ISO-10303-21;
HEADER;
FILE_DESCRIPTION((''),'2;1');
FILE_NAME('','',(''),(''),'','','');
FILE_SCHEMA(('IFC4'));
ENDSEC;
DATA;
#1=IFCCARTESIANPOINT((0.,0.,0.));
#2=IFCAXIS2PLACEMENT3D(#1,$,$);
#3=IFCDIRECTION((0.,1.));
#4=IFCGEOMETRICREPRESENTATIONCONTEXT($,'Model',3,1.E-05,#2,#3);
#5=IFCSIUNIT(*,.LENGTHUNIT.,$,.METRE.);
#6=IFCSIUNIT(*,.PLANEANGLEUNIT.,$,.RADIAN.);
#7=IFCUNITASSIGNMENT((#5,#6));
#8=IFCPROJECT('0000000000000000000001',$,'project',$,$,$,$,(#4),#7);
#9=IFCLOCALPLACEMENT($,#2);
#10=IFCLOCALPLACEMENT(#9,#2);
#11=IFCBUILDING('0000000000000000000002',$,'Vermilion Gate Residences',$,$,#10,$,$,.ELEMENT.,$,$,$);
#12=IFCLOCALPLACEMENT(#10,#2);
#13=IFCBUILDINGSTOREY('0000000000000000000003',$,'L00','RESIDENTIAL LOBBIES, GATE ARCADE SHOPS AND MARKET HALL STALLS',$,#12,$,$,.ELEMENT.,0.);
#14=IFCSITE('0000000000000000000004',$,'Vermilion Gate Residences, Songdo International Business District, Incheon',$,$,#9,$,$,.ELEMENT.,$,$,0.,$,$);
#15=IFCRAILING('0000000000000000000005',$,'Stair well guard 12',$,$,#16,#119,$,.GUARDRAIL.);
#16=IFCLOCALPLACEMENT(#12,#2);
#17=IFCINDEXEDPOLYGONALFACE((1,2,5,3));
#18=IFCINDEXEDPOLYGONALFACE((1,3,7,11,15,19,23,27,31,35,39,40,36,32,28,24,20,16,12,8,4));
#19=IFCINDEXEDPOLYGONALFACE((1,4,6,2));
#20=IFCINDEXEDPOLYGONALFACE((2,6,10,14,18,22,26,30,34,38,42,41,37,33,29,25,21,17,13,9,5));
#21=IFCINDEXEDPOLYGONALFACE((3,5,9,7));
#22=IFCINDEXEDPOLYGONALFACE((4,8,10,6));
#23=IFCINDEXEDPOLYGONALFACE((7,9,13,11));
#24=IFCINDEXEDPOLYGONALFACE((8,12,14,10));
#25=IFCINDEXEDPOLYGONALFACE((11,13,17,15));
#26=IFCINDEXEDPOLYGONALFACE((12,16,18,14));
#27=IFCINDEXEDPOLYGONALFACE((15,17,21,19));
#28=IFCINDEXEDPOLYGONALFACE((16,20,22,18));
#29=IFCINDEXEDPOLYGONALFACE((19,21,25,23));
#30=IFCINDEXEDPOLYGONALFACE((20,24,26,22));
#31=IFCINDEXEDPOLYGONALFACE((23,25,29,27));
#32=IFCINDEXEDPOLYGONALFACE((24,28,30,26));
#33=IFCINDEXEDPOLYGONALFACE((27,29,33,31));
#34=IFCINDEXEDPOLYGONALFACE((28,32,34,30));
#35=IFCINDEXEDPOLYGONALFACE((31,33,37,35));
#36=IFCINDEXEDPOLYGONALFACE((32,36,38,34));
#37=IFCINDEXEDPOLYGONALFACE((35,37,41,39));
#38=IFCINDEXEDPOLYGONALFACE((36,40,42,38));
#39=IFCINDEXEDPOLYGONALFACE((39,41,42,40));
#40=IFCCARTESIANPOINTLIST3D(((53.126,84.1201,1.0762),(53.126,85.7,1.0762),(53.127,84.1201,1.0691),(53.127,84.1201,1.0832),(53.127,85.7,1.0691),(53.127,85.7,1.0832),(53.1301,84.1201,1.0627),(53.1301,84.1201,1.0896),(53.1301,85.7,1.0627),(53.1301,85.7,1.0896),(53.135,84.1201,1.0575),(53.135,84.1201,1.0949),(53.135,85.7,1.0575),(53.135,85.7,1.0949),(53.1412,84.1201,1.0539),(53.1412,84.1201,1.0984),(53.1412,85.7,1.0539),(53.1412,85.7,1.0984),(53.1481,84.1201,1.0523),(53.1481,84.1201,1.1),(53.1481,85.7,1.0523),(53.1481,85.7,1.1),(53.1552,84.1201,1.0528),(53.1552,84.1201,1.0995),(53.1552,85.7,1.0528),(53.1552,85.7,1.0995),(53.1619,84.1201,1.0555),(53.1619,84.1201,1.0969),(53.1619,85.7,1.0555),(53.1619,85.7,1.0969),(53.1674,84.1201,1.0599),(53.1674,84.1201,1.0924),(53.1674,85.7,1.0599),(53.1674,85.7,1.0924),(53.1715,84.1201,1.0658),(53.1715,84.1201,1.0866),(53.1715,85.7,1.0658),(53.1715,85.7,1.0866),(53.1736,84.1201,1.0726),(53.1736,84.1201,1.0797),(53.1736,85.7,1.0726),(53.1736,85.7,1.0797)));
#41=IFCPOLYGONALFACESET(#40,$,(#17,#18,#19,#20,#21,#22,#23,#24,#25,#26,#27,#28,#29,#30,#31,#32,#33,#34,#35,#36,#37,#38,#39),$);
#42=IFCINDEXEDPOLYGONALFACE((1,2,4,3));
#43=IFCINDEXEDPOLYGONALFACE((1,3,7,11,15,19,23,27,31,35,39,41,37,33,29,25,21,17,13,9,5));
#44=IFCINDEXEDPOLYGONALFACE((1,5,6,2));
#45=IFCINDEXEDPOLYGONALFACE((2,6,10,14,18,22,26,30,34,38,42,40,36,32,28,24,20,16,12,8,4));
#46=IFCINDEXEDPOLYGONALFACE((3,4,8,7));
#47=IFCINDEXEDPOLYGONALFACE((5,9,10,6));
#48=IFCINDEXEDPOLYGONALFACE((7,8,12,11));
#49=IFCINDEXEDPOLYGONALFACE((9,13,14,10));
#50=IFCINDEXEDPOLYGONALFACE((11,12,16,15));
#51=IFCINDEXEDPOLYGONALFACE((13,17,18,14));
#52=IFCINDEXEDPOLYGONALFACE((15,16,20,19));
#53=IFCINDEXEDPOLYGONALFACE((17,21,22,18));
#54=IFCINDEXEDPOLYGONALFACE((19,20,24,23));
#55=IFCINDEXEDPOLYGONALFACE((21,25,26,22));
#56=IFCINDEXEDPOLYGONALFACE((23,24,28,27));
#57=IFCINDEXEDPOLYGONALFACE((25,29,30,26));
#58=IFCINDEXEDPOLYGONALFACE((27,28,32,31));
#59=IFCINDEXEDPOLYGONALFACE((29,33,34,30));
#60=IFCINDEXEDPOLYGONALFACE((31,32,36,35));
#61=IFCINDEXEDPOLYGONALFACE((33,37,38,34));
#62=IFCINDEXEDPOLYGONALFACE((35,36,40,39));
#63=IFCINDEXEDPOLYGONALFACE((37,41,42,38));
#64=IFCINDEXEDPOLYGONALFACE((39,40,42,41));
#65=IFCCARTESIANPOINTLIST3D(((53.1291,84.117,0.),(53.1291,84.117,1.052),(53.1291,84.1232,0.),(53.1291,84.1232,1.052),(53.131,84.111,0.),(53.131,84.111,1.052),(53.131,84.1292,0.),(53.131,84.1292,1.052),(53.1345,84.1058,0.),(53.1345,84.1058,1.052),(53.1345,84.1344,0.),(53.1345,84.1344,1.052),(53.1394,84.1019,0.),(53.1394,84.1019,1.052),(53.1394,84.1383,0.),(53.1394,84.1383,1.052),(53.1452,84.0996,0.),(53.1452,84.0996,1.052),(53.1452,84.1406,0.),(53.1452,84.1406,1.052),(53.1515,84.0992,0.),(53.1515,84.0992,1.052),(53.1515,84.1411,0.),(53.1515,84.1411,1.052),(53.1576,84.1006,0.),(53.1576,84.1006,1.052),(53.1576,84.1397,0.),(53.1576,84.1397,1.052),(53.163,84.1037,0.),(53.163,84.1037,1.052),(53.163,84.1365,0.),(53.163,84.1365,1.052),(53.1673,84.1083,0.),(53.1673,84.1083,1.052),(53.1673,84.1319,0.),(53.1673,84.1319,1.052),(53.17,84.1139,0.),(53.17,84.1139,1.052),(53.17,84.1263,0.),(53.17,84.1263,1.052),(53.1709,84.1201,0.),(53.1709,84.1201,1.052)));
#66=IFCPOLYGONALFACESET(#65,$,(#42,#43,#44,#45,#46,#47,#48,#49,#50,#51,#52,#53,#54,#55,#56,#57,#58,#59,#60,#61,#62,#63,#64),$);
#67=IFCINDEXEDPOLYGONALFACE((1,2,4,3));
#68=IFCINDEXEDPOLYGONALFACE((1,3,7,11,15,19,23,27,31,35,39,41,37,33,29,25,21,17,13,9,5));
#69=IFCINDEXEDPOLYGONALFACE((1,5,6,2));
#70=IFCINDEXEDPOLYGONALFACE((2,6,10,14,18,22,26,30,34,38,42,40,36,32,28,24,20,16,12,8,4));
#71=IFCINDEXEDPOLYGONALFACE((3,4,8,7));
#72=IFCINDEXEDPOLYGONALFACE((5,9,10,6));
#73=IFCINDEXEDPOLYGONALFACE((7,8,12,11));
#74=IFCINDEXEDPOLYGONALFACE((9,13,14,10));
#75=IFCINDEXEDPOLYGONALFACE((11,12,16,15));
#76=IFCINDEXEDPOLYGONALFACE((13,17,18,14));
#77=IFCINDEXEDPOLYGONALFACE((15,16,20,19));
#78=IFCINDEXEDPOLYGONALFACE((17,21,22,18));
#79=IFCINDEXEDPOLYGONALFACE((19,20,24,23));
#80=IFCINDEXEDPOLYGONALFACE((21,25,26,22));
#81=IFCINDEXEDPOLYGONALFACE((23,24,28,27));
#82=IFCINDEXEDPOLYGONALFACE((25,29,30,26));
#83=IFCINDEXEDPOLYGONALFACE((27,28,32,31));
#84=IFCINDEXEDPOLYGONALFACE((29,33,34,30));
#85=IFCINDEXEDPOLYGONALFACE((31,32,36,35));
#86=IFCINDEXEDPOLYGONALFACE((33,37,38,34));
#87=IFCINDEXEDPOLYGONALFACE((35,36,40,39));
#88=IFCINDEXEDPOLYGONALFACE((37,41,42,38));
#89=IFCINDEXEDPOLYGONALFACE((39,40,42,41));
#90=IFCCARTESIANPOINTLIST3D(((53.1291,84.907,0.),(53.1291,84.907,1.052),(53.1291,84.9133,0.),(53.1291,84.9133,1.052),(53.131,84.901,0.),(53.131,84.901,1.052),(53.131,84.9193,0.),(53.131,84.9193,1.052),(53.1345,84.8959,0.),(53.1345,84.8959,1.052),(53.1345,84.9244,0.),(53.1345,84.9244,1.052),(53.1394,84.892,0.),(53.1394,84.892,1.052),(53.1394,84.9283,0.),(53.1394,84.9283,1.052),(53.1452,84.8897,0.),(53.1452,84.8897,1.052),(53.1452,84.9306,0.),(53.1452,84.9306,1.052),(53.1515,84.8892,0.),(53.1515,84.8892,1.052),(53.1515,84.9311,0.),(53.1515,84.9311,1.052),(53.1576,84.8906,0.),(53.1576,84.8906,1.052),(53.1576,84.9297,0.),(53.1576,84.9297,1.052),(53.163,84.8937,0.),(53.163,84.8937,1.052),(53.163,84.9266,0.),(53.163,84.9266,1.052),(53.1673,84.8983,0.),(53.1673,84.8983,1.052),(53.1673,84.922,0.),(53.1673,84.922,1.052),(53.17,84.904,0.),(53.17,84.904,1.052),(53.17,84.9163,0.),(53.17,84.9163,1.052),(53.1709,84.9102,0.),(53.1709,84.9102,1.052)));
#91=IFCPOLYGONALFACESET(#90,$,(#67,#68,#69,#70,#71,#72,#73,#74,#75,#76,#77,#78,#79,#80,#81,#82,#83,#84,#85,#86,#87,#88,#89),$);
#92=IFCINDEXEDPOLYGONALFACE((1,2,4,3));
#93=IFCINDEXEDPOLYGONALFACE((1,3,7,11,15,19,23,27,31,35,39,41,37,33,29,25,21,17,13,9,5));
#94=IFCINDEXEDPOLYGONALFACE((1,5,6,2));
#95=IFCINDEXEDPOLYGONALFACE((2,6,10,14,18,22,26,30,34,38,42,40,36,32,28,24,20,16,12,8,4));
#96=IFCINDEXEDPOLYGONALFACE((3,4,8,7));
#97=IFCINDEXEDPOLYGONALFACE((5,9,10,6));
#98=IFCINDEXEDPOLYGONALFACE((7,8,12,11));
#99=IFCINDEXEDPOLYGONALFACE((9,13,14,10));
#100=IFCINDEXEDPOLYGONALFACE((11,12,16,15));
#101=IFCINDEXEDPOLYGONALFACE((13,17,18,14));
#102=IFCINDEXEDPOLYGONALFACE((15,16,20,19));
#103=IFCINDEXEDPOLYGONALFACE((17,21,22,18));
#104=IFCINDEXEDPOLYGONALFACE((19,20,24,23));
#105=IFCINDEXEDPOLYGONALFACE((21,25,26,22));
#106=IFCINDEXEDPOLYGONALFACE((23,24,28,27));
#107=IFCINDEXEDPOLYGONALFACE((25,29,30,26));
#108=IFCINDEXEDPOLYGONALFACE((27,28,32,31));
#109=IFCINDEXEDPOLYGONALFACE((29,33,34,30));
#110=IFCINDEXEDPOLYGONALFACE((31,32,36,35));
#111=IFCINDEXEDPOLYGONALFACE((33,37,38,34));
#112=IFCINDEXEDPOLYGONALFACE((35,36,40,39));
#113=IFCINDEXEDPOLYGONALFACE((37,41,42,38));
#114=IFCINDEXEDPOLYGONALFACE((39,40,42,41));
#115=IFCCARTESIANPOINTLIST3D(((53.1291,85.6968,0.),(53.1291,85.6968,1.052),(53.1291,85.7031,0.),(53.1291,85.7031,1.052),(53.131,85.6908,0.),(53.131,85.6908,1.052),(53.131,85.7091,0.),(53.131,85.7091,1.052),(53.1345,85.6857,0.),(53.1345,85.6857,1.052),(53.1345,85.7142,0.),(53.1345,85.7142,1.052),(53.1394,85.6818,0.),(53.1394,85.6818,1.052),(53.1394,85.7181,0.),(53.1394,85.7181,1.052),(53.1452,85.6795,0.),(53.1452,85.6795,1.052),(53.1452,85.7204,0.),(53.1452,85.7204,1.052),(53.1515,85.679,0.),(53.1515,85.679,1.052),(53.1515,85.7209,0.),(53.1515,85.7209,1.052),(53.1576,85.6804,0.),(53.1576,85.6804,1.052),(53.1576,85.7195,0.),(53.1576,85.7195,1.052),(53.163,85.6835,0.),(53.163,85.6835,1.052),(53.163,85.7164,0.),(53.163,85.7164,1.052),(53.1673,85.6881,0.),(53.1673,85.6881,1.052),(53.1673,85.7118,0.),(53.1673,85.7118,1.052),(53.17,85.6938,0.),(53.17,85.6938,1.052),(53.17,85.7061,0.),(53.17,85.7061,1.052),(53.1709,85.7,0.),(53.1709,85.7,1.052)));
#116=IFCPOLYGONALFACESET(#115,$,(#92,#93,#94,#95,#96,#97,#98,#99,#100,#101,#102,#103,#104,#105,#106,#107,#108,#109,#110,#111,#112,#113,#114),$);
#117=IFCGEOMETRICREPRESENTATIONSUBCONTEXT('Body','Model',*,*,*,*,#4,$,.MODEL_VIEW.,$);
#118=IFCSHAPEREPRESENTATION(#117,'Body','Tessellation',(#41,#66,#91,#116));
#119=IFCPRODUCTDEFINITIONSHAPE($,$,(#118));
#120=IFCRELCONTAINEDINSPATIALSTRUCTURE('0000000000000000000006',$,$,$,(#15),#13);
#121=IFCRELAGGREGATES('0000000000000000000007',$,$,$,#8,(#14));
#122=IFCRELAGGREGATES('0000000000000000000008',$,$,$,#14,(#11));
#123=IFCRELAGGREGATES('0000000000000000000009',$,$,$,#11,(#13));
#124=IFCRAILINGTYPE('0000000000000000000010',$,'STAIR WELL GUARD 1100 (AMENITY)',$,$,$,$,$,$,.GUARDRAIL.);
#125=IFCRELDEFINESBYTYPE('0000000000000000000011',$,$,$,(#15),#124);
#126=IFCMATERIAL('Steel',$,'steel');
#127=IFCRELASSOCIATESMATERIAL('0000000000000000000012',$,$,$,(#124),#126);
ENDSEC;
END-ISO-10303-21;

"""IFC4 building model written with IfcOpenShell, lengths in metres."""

from ifc_helpers import new_model, si_unit, direction, frame, origin, origin_2d, place, context, subcontext, project, spatial, circle, extrude, material, type_object, element, save


model = new_model("IFC4")

# Units and contexts
model_context = context("Model", 3, precision=1e-05, world=origin(), true_north=direction((0.0, 1.0)))
body_context = subcontext(model_context, "Body", "Model", "MODEL_VIEW")
ifc_project = project(units=[si_unit("LENGTHUNIT", "METRE"), si_unit("PLANEANGLEUNIT", "RADIAN")], contexts=[model_context])

# Site, building, storey
site_placement = place(None, origin())
site = spatial("IfcSite", under=ifc_project, at=site_placement, Name="Vermilion Gate Residences, Songdo International Business District, Incheon", CompositionType="ELEMENT", RefElevation=0.0)
building_placement = place(site_placement, origin())
building = spatial("IfcBuilding", under=site, at=building_placement, Name="Vermilion Gate Residences", CompositionType="ELEMENT")
storey_placement = place(building_placement, origin())
storey = spatial("IfcBuildingStorey", under=building, at=storey_placement, Name="L00", Description="RESIDENTIAL LOBBIES, GATE ARCADE SHOPS AND MARKET HALL STALLS", CompositionType="ELEMENT", Elevation=0.0)

# Railing
ifc_material_1 = material(Name="Steel", Category="steel")
railing_type = type_object("IfcRailingType", Name="STAIR WELL GUARD 1100 (AMENITY)", PredefinedType="GUARDRAIL", material=ifc_material_1)
railing_1_placement = place(storey_placement, frame((53.1499, 84.1201, 0.0)))
element("IfcRailing", 1, at=railing_1_placement, inside=storey, type_object=railing_type, Name="Stair well guard 12", PredefinedType="GUARDRAIL", context=body_context, shape_type="SweptSolid", body=[
    extrude(circle(Radius=0.0239, at=origin_2d()), frame((0.0, 0.0, 1.0762), z_axis=(0.0, 1.0, 0.0), x_axis=(-1.0, 0.0, 0.0)), (0.0, 0.0, 1.0), 1.5798),
    extrude(circle(Radius=0.021, at=origin_2d()), origin(), (0.0, 0.0, 1.0), 1.052),
    extrude(circle(Radius=0.021, at=origin_2d()), frame((0.0, 0.79, 0.0)), (0.0, 0.0, 1.0), 1.052),
    extrude(circle(Radius=0.021, at=origin_2d()), frame((0.0, 1.5798, 0.0)), (0.0, 0.0, 1.0), 1.052),
])

save(model, "model.ifc")
